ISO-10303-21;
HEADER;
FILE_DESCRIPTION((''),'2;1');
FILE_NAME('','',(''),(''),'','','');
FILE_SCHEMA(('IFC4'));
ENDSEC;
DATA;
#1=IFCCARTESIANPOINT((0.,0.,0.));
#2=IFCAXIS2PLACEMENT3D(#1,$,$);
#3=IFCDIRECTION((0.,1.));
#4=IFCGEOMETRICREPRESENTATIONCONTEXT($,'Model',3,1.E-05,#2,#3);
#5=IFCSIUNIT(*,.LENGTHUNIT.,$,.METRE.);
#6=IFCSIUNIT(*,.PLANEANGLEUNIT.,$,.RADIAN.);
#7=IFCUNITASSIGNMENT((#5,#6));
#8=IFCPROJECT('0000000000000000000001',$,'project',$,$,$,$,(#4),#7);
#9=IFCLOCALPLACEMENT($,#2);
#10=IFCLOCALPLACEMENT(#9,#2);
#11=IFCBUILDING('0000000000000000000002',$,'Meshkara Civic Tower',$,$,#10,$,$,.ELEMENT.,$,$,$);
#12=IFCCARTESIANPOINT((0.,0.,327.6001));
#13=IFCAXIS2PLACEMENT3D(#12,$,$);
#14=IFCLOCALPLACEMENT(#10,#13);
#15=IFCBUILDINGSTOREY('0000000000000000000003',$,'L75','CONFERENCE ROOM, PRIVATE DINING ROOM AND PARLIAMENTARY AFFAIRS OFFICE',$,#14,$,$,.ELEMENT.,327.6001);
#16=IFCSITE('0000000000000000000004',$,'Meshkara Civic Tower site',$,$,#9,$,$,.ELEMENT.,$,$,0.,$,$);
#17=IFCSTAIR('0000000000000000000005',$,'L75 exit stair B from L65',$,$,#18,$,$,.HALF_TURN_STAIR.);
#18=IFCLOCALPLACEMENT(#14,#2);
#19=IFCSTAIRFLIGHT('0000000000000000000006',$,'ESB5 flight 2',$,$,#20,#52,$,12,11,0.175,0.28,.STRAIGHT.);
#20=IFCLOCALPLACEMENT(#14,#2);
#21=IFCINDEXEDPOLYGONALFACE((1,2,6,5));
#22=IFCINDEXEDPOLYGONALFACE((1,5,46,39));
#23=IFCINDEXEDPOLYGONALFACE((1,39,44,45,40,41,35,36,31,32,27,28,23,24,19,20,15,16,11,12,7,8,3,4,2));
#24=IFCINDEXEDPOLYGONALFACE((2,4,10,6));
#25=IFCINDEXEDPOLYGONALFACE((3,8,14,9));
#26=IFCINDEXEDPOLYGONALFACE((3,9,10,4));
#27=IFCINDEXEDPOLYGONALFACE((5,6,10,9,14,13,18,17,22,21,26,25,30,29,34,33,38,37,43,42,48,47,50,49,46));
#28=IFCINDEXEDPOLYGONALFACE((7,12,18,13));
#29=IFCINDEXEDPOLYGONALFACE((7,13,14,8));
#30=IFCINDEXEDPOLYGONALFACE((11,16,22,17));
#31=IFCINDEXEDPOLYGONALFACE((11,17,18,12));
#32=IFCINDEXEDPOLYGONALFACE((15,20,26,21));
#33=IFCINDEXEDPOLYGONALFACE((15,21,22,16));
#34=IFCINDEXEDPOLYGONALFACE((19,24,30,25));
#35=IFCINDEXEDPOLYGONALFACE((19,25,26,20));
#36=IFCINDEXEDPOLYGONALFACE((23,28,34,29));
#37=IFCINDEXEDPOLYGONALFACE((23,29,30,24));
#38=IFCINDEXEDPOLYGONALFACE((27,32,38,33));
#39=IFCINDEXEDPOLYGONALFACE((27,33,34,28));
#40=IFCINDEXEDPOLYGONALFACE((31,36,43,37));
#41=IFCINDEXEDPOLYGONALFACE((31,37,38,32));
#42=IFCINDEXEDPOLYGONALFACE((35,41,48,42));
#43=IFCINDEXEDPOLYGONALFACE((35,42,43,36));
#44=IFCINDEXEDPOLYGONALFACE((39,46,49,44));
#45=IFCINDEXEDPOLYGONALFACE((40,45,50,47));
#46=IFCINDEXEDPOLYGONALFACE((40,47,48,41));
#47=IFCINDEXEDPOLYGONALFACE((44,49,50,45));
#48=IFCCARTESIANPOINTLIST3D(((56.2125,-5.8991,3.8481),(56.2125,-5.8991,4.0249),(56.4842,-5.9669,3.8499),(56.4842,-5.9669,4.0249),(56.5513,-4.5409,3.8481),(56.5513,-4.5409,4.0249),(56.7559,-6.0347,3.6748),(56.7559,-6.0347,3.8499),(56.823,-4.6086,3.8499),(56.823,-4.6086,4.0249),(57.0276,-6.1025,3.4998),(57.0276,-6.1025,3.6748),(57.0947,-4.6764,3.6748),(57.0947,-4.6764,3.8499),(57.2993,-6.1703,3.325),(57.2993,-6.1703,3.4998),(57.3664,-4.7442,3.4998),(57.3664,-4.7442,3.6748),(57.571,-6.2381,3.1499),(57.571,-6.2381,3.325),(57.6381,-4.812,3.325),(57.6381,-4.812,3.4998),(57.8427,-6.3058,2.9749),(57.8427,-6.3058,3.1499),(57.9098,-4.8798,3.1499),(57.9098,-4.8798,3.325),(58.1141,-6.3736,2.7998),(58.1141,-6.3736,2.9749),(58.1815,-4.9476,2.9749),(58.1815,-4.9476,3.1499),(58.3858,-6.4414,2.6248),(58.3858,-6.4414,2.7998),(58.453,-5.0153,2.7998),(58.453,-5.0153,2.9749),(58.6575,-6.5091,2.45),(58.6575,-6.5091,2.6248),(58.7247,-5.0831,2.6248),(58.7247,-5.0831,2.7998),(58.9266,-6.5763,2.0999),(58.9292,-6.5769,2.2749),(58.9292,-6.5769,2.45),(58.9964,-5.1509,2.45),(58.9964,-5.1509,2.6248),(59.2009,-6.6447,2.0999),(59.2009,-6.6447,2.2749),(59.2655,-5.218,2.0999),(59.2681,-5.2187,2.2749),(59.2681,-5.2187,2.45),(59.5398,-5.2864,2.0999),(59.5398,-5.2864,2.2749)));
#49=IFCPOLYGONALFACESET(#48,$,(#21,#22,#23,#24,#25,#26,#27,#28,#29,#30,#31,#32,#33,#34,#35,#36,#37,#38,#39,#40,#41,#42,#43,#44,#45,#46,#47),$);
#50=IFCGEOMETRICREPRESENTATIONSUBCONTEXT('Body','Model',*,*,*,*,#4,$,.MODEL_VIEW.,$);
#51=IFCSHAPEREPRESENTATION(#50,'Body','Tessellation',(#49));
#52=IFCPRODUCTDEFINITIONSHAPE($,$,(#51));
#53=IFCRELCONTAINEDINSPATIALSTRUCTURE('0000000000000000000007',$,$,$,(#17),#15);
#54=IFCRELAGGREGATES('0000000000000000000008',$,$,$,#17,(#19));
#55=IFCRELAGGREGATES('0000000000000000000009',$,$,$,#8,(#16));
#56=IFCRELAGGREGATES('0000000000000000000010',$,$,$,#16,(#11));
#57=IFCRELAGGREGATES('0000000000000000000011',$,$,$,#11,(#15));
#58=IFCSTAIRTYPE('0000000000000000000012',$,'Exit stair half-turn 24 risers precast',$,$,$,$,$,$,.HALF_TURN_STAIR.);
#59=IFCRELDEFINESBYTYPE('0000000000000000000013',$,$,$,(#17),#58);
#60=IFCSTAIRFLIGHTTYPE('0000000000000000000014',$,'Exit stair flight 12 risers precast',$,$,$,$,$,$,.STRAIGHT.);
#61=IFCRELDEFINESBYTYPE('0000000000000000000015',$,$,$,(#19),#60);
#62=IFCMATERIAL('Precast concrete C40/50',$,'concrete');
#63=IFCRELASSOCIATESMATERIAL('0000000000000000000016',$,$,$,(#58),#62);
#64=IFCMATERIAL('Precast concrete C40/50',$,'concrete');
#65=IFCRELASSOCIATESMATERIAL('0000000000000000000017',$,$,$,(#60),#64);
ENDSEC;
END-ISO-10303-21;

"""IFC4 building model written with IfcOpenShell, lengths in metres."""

from ifc_helpers import new_model, si_unit, direction, frame, origin, place, context, subcontext, project, spatial, polyline, outline, extrude, material, type_object, element, aggregate, save


model = new_model("IFC4")

# Units and contexts
model_context = context("Model", 3, precision=1e-05, world=origin(), true_north=direction((0.0, 1.0)))
body_context = subcontext(model_context, "Body", "Model", "MODEL_VIEW")
ifc_project = project(units=[si_unit("LENGTHUNIT", "METRE"), si_unit("PLANEANGLEUNIT", "RADIAN")], contexts=[model_context])

# Site, building, storey
site_placement = place(None, origin())
site = spatial("IfcSite", under=ifc_project, at=site_placement, Name="Meshkara Civic Tower site", CompositionType="ELEMENT", RefElevation=0.0)
building_placement = place(site_placement, origin())
building = spatial("IfcBuilding", under=site, at=building_placement, Name="Meshkara Civic Tower", CompositionType="ELEMENT")
storey_placement = place(building_placement, frame((0.0, 0.0, 327.6001)))
storey = spatial("IfcBuildingStorey", under=building, at=storey_placement, Name="L75", Description="CONFERENCE ROOM, PRIVATE DINING ROOM AND PARLIAMENTARY AFFAIRS OFFICE", CompositionType="ELEMENT", Elevation=327.6001)

# Stair, stair flight
ifc_material_1 = material(Name="Precast concrete C40/50", Category="concrete")
stair_type = type_object("IfcStairType", Name="Exit stair half-turn 24 risers precast", PredefinedType="HALF_TURN_STAIR", material=ifc_material_1)
stair_placement = place(storey_placement, origin())
stair = element("IfcStair", 1, at=stair_placement, inside=storey, type_object=stair_type, Name="L75 exit stair B from L65", PredefinedType="HALF_TURN_STAIR")
ifc_material_2 = material(Name="Precast concrete C40/50", Category="concrete")
stair_flight_type = type_object("IfcStairFlightType", Name="Exit stair flight 12 risers precast", PredefinedType="STRAIGHT", material=ifc_material_2)
stair_flight_1_placement = place(storey_placement, frame((59.3704, -5.9656, 2.0999), z_axis=(0.0, 0.0, 1.0), x_axis=(-0.97026, 0.242065, 0.0)))
stair_flight_1 = element("IfcStairFlight", 2, at=stair_flight_1_placement, type_object=stair_flight_type, Name="ESB5 flight 2", NumberOfRisers=12, NumberOfTreads=11, PredefinedType="STRAIGHT", RiserHeight=0.175, TreadLength=0.28, context=body_context, shape_type="SweptSolid", body=[
    extrude(outline(polyline([(0.0, 0.0), (0.0, 0.175), (0.28, 0.175), (0.28, 0.3501), (0.5601, 0.3501), (0.5601, 0.5249), (0.8401, 0.5249), (0.8401, 0.7), (1.1201, 0.7), (1.1201, 0.875), (1.3999, 0.875), (1.3999, 1.05), (1.6799, 1.05), (1.6799, 1.2251), (1.96, 1.2251), (1.96, 1.3999), (2.24, 1.3999), (2.24, 1.575), (2.52, 1.575), (2.52, 1.75), (2.8, 1.75), (2.8, 1.925), (3.0801, 1.925), (3.0801, 2.1001), (3.0801, 1.7483), (0.2827, 0.0), (0.0, 0.0)])), frame((0.0, 0.7, 0.0), z_axis=(0.0, -1.0, 0.0), x_axis=(1.0, 0.0, 0.0)), (0.0, 0.0, 1.0), 1.3999),
])
aggregate(stair, [stair_flight_1])

save(model, "model.ifc")
